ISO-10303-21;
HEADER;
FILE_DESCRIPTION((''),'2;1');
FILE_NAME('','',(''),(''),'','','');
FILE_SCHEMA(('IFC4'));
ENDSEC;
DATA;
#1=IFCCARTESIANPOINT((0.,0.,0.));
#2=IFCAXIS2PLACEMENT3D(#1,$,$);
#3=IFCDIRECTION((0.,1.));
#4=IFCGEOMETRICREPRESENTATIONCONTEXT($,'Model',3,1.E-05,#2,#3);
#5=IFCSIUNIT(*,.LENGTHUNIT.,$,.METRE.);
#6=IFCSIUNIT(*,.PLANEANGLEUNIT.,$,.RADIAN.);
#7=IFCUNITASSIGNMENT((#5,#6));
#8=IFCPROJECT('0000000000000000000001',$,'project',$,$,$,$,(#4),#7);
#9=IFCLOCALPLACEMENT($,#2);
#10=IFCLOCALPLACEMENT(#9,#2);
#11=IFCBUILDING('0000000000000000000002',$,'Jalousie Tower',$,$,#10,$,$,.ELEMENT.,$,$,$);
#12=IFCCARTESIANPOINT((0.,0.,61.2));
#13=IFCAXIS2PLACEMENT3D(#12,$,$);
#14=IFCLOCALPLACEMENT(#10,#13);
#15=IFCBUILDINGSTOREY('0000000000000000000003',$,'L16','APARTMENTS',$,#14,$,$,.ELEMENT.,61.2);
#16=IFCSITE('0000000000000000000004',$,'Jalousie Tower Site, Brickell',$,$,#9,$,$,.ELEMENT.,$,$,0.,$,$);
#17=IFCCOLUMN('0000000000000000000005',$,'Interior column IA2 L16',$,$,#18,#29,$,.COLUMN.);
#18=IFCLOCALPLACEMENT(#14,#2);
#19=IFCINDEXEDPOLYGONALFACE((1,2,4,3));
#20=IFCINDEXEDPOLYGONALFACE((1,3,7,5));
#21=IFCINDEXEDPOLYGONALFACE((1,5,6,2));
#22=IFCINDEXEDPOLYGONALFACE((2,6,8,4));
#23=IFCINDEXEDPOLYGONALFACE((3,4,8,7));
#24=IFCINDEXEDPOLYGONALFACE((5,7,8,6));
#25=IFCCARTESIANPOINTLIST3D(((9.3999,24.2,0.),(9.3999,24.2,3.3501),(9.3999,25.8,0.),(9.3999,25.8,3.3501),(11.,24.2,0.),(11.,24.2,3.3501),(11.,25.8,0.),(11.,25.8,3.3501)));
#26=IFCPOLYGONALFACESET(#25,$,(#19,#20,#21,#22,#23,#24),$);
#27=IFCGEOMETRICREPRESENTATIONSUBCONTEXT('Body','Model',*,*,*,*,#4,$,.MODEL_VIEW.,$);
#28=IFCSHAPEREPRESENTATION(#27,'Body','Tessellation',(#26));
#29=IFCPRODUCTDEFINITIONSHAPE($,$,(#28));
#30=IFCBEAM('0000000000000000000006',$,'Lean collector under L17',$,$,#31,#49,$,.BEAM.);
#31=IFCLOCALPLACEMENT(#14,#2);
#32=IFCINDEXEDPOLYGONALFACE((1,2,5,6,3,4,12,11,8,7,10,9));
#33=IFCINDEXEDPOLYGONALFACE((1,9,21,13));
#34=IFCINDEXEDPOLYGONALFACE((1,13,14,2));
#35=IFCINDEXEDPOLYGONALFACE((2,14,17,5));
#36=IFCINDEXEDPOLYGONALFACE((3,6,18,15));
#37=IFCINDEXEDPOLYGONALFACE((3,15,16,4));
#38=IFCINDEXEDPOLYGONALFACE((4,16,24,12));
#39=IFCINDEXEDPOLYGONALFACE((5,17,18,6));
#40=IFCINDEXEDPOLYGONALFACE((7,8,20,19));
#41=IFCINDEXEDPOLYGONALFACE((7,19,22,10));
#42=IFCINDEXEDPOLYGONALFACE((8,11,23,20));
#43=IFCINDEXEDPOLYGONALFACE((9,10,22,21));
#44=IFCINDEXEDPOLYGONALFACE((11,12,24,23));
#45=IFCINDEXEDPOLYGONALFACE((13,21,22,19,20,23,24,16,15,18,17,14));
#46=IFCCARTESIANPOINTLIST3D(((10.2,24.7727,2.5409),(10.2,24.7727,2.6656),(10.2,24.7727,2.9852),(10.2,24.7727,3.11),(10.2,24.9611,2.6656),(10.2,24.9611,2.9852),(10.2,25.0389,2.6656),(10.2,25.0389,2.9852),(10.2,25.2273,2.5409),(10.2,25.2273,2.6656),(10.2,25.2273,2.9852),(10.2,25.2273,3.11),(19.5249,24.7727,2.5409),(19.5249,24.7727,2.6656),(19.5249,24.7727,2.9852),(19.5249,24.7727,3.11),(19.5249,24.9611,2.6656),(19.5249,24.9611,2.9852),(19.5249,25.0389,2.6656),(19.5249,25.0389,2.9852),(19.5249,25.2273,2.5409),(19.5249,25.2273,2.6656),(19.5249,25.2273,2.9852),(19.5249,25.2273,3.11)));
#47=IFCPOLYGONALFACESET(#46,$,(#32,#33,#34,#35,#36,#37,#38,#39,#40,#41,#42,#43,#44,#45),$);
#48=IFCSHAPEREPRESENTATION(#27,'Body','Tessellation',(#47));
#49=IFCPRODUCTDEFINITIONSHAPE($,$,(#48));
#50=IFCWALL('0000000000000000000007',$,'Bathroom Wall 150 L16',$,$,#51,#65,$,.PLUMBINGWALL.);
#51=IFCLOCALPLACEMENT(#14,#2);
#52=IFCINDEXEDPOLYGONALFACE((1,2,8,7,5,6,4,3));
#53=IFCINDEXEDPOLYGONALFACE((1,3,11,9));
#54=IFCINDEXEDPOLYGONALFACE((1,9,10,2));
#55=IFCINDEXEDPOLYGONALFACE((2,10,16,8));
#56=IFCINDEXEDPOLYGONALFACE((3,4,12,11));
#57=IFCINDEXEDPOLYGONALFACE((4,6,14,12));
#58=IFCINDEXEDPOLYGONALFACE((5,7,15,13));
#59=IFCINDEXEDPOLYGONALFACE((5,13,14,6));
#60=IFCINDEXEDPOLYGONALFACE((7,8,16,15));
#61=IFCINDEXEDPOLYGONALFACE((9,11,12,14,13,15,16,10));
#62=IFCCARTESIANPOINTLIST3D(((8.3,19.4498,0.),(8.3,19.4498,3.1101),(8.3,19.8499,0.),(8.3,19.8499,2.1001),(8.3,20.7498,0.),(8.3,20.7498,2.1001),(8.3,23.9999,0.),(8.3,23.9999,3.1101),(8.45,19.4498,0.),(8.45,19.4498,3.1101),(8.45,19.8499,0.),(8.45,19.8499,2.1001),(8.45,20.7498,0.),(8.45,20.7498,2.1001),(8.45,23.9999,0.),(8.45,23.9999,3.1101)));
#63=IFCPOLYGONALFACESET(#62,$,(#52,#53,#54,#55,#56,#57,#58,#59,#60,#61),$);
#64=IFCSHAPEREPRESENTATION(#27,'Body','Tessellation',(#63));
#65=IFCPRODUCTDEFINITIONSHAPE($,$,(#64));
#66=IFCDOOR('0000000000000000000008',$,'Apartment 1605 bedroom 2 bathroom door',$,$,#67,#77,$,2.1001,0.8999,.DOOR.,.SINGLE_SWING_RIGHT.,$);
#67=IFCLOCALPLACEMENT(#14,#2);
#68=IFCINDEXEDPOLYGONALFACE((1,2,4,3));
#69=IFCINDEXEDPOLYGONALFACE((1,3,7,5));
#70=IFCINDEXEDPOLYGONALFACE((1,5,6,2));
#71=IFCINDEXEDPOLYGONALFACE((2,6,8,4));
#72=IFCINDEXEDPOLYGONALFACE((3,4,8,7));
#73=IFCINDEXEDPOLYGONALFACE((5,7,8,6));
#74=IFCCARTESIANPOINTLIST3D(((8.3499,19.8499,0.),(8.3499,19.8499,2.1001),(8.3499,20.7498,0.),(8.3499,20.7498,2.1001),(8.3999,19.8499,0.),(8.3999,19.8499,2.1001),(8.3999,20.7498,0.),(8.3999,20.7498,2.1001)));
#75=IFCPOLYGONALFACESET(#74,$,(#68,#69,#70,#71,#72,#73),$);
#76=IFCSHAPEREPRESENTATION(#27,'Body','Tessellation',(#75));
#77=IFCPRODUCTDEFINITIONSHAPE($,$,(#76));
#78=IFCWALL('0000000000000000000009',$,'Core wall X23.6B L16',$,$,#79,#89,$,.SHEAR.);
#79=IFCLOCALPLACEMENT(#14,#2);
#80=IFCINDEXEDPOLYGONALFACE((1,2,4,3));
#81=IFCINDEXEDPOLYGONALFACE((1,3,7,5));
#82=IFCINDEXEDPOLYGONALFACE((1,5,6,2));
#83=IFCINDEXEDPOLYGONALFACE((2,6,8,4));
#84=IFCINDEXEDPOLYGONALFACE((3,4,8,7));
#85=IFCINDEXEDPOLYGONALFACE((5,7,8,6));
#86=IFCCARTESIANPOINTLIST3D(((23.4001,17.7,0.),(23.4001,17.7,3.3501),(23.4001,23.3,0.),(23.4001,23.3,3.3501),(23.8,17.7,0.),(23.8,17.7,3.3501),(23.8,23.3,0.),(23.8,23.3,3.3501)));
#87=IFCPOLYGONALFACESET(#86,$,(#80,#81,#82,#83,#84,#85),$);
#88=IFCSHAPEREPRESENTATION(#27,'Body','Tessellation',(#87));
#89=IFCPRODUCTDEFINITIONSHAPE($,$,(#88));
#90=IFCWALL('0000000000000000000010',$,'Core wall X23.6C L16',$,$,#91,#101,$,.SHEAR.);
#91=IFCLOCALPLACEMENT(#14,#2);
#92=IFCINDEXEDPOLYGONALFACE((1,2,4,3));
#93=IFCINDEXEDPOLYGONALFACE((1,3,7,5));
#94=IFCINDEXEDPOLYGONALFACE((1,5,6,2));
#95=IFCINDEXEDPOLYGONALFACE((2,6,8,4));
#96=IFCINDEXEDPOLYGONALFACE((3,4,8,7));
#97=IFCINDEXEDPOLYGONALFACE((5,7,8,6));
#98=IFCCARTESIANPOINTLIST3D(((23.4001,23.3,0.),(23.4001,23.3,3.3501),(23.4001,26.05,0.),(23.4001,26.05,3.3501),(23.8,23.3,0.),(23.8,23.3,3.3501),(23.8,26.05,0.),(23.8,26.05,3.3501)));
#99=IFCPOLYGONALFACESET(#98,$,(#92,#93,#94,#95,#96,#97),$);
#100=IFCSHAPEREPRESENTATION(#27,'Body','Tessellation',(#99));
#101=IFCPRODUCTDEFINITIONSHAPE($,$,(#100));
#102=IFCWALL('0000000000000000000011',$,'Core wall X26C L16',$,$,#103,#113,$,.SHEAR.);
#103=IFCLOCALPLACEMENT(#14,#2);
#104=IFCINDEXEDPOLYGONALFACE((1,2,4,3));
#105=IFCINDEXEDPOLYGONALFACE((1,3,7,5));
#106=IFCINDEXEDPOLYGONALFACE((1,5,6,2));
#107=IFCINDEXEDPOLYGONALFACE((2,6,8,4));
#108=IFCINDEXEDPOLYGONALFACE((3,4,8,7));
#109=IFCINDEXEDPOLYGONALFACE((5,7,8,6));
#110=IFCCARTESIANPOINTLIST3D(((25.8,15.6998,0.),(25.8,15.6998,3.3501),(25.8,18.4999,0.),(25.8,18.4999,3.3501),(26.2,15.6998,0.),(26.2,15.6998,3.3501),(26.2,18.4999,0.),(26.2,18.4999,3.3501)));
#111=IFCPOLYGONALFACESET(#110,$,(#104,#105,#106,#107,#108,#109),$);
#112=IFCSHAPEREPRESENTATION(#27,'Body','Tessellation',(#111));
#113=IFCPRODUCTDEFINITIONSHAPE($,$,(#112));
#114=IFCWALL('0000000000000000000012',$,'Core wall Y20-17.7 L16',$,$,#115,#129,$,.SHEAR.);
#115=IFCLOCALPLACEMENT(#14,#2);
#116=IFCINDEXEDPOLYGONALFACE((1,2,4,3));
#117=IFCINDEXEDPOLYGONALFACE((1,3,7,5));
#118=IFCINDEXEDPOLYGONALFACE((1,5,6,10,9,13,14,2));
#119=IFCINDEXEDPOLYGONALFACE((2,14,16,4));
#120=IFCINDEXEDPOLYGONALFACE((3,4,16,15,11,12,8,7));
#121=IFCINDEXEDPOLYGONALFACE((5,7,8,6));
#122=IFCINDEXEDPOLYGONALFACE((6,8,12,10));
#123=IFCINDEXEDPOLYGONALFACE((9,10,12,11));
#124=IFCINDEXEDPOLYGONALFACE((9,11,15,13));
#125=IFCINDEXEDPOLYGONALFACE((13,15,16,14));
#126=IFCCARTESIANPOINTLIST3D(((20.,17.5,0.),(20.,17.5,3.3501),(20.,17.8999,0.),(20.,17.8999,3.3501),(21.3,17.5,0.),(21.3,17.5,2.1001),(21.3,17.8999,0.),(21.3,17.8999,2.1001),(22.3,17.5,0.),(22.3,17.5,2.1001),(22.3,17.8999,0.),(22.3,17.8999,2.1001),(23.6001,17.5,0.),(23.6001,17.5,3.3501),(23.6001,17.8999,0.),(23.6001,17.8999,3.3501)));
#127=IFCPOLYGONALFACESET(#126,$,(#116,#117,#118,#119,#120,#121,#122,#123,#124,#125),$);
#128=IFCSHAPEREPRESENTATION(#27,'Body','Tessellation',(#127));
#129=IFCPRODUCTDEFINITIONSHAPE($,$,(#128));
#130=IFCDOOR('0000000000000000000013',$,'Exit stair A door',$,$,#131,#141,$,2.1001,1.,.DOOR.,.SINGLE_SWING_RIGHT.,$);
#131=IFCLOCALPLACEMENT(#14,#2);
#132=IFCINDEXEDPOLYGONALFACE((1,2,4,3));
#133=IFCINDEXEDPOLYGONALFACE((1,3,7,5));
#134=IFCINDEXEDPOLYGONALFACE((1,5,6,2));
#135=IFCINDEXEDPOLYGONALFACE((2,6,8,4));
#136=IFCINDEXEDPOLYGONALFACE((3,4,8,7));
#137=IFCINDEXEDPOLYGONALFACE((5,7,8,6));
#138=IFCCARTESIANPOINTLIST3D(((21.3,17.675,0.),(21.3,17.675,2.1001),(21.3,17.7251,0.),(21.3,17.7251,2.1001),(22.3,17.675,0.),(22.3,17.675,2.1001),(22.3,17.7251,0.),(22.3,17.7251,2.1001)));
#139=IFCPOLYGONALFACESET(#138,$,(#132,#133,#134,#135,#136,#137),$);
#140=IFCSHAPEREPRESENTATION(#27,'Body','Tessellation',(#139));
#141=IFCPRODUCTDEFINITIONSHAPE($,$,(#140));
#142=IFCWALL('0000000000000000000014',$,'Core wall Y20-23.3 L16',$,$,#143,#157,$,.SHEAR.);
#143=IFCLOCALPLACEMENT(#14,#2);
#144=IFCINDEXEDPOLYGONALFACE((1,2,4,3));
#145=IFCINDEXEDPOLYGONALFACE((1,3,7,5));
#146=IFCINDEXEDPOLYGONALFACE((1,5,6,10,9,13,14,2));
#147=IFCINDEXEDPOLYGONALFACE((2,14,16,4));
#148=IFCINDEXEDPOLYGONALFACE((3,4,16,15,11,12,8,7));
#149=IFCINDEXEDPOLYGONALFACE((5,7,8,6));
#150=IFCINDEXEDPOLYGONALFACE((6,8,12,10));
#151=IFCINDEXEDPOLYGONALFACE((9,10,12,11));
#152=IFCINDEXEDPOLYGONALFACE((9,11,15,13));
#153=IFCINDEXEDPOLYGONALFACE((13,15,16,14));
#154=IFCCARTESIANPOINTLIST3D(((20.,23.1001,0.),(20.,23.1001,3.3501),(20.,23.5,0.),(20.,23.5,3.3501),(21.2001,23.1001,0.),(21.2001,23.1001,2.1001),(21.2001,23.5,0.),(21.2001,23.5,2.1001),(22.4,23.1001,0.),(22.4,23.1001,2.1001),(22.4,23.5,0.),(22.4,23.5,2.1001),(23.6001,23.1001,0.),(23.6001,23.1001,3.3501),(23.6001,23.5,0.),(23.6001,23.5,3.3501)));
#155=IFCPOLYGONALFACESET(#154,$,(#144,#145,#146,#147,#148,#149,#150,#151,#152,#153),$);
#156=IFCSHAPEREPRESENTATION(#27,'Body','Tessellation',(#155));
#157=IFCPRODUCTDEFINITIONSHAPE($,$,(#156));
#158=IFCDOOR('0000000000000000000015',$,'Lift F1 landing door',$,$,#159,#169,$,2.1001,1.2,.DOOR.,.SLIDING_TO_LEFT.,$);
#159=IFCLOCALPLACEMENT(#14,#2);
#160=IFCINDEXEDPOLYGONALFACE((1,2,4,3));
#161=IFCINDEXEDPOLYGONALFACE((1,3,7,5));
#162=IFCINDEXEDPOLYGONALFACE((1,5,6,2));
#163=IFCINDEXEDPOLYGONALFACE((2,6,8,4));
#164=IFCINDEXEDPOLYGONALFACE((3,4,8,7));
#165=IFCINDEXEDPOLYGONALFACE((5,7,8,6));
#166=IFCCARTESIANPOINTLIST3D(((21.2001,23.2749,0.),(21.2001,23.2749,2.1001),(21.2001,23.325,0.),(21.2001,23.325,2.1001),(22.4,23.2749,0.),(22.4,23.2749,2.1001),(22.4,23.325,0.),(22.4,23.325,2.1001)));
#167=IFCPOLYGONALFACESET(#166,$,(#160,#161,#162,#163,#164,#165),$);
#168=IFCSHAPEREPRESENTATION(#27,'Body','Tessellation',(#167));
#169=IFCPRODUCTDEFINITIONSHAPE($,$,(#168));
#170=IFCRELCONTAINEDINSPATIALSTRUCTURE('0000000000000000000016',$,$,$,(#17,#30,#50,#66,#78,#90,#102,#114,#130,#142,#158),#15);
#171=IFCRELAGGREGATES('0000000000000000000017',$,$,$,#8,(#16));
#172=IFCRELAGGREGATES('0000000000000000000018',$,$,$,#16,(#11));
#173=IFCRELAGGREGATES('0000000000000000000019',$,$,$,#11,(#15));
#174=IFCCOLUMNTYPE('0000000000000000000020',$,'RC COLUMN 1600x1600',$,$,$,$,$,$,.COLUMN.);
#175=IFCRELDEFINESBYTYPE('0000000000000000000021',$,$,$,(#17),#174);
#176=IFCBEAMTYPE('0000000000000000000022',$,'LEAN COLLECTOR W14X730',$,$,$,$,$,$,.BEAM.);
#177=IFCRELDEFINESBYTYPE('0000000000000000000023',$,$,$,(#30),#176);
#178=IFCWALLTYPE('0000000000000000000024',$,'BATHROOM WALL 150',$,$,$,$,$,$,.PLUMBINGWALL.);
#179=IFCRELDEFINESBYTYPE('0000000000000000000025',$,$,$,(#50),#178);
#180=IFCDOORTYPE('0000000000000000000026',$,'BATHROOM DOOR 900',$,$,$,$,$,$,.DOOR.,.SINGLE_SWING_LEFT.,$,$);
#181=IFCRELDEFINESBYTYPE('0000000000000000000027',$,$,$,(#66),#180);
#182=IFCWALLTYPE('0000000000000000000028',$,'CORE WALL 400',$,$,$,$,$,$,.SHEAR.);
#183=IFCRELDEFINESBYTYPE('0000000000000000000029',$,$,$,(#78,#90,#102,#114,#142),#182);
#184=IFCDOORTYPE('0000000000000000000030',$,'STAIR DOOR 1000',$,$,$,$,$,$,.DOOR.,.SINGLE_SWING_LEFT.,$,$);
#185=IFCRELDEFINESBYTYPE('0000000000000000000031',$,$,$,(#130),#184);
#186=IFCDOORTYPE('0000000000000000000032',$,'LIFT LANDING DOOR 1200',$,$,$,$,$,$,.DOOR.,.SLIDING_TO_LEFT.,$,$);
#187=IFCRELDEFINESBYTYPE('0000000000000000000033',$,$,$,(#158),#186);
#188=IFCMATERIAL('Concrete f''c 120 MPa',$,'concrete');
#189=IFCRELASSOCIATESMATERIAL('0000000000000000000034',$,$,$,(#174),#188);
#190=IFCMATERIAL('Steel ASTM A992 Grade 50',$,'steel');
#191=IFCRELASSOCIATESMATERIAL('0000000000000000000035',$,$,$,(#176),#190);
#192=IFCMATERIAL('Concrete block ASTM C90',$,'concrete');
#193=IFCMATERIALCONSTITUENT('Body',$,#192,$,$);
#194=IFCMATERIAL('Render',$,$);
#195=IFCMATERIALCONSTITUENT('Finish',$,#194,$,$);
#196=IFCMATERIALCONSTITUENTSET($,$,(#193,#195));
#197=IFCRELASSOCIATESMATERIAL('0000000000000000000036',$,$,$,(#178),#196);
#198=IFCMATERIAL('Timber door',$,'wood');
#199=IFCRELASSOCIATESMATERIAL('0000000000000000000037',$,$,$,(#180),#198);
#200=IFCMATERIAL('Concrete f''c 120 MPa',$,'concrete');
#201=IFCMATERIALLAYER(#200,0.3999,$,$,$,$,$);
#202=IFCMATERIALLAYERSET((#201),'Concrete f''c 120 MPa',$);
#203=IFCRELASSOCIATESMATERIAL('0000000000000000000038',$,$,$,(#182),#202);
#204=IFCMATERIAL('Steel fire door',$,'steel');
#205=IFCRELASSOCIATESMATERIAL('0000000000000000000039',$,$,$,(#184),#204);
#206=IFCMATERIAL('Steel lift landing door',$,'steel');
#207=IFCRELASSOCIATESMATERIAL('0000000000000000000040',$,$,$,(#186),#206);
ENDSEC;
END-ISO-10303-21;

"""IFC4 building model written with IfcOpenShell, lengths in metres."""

from ifc_helpers import new_model, si_unit, direction, frame, frame_2d, origin, origin_2d, place, context, subcontext, project, spatial, rectangle, i_section, extrude, material, layer, layer_set, constituent, constituent_set, material_profile, profile_set, type_object, element, fill, save


model = new_model("IFC4")

# Units and contexts
model_context = context("Model", 3, precision=1e-05, world=origin(), true_north=direction((0.0, 1.0)))
body_context = subcontext(model_context, "Body", "Model", "MODEL_VIEW")
ifc_project = project(units=[si_unit("LENGTHUNIT", "METRE"), si_unit("PLANEANGLEUNIT", "RADIAN")], contexts=[model_context])

# Site, building, storey
site_placement = place(None, origin())
site = spatial("IfcSite", under=ifc_project, at=site_placement, Name="Jalousie Tower Site, Brickell", CompositionType="ELEMENT", RefElevation=0.0)
building_placement = place(site_placement, origin())
building = spatial("IfcBuilding", under=site, at=building_placement, Name="Jalousie Tower", CompositionType="ELEMENT")
storey_placement = place(building_placement, frame((0.0, 0.0, 61.2)))
storey = spatial("IfcBuildingStorey", under=building, at=storey_placement, Name="L16", Description="APARTMENTS", CompositionType="ELEMENT", Elevation=61.2)

# Column
ifc_material_1 = material(Name="Concrete f'c 120 MPa", Category="concrete")
ifc_material_profile_1 = material_profile(ifc_material_1, rectangle(XDim=1.6001, YDim=1.6001, at=origin_2d()), Name="RC 1600x1600")
ifc_profile_set_1 = profile_set([ifc_material_profile_1], Name="Concrete f'c 120 MPa")
column_type = type_object("IfcColumnType", Name="RC COLUMN 1600x1600", PredefinedType="COLUMN", material=ifc_profile_set_1)
column_placement = place(storey_placement, frame((10.2, 25.0, 0.0), z_axis=(0.0, 0.0, 1.0), x_axis=(1.0, 0.0, 0.0)))
element("IfcColumn", 1, at=column_placement, inside=storey, type_object=column_type, Name="Interior column IA2 L16", PredefinedType="COLUMN", context=body_context, shape_type="SweptSolid", body=[
    extrude(rectangle(XDim=1.6001, YDim=1.6001, at=origin_2d()), origin(), (0.0, 0.0, 1.0), 3.3501),
])

# Beam
ifc_material_2 = material(Name="Steel ASTM A992 Grade 50", Category="steel")
ifc_material_profile_2 = material_profile(ifc_material_2, i_section(OverallWidth=0.4546, OverallDepth=0.5691, WebThickness=0.0779, FlangeThickness=0.1248, at=origin_2d()), Name="W14X730")
ifc_profile_set_2 = profile_set([ifc_material_profile_2], Name="Steel ASTM A992 Grade 50")
beam_type = type_object("IfcBeamType", Name="LEAN COLLECTOR W14X730", PredefinedType="BEAM", material=ifc_profile_set_2)
beam_placement = place(storey_placement, frame((10.2, 25.0, 2.8254), z_axis=(1.0, 0.0, 0.0), x_axis=(0.0, 1.0, 0.0)))
element("IfcBeam", 2, at=beam_placement, inside=storey, type_object=beam_type, Name="Lean collector under L17", PredefinedType="BEAM", context=body_context, shape_type="SweptSolid", body=[
    extrude(i_section(OverallWidth=0.4546, OverallDepth=0.5691, WebThickness=0.0779, FlangeThickness=0.1248, at=origin_2d()), origin(), (0.0, 0.0, 1.0), 9.325),
])

# Wall, opening, door
ifc_material_3 = material(Name="Concrete block ASTM C90", Category="concrete")
ifc_constituent_1 = constituent(ifc_material_3, Name="Body")
ifc_material_4 = material(Name="Render")
ifc_constituent_2 = constituent(ifc_material_4, Name="Finish")
ifc_constituent_set_1 = constituent_set(constituents=[ifc_constituent_1, ifc_constituent_2])
wall_type_1 = type_object("IfcWallType", Name="BATHROOM WALL 150", PredefinedType="PLUMBINGWALL", material=ifc_constituent_set_1)
wall_1_placement = place(storey_placement, frame((8.375, 19.45, 0.0), z_axis=(0.0, 0.0, 1.0), x_axis=(0.0, 1.0, 0.0)))
wall_1 = element("IfcWall", 3, at=wall_1_placement, inside=storey, type_object=wall_type_1, Name="Bathroom Wall 150 L16", PredefinedType="PLUMBINGWALL", context=body_context, shape_type="SweptSolid", body=[
    extrude(rectangle(XDim=4.55, YDim=0.1499, at=frame_2d((2.2749, 0.0))), origin(), (0.0, 0.0, 1.0), 3.1101),
])
opening_1_placement = place(wall_1_placement, frame((0.3999, 0.0, 0.0)))
opening_1 = element("IfcOpeningElement", 4, at=opening_1_placement, cuts=wall_1, PredefinedType="OPENING", context=body_context, shape_type="SweptSolid", body=[
    extrude(rectangle(XDim=0.8999, YDim=2.1001, at=frame_2d((0.45, 1.05))), frame((0.0, 0.085, 0.0), z_axis=(0.0, -1.0, 0.0), x_axis=(1.0, 0.0, 0.0)), (0.0, 0.0, 1.0), 0.1699),
])
ifc_material_5 = material(Name="Timber door", Category="wood")
door_type_1 = type_object("IfcDoorType", Name="BATHROOM DOOR 900", OperationType="SINGLE_SWING_LEFT", PredefinedType="DOOR", material=ifc_material_5)
door_1_placement = place(opening_1_placement, frame((0.8999, 0.0, 0.0), z_axis=(0.0, 0.0, 1.0), x_axis=(-1.0, 0.0, 0.0)))
door_1 = element("IfcDoor", 5, at=door_1_placement, inside=storey, type_object=door_type_1, Name="Apartment 1605 bedroom 2 bathroom door", OperationType="SINGLE_SWING_RIGHT", OverallHeight=2.1001, OverallWidth=0.8999, PredefinedType="DOOR", context=body_context, shape_type="SweptSolid", body=[
    extrude(rectangle(XDim=0.8999, YDim=2.1001, at=frame_2d((0.45, 1.05))), frame((0.0, 0.0249, 0.0), z_axis=(0.0, -1.0, 0.0), x_axis=(1.0, 0.0, 0.0)), (0.0, 0.0, 1.0), 0.05),
])
fill(opening_1, door_1)

# Walls
ifc_material_6 = material(Name="Concrete f'c 120 MPa", Category="concrete")
ifc_layer_1 = layer(ifc_material_6, 0.3999)
ifc_layer_set_1 = layer_set([ifc_layer_1], Name="Concrete f'c 120 MPa")
wall_type_2 = type_object("IfcWallType", Name="CORE WALL 400", PredefinedType="SHEAR", material=ifc_layer_set_1)
wall_2_placement = place(storey_placement, frame((23.6001, 17.7, 0.0), z_axis=(0.0, 0.0, 1.0), x_axis=(0.0, 1.0, 0.0)))
element("IfcWall", 6, at=wall_2_placement, inside=storey, type_object=wall_type_2, Name="Core wall X23.6B L16", PredefinedType="SHEAR", context=body_context, shape_type="SweptSolid", body=[
    extrude(rectangle(XDim=5.6001, YDim=0.3999, at=frame_2d((2.8, 0.0))), origin(), (0.0, 0.0, 1.0), 3.3501),
])
wall_3_placement = place(storey_placement, frame((23.6001, 23.3, 0.0), z_axis=(0.0, 0.0, 1.0), x_axis=(0.0, 1.0, 0.0)))
element("IfcWall", 7, at=wall_3_placement, inside=storey, type_object=wall_type_2, Name="Core wall X23.6C L16", PredefinedType="SHEAR", context=body_context, shape_type="SweptSolid", body=[
    extrude(rectangle(XDim=2.75, YDim=0.3999, at=frame_2d((1.375, 0.0))), origin(), (0.0, 0.0, 1.0), 3.3501),
])
wall_4_placement = place(storey_placement, frame((26.0, 15.7, 0.0), z_axis=(0.0, 0.0, 1.0), x_axis=(0.0, 1.0, 0.0)))
element("IfcWall", 8, at=wall_4_placement, inside=storey, type_object=wall_type_2, Name="Core wall X26C L16", PredefinedType="SHEAR", context=body_context, shape_type="SweptSolid", body=[
    extrude(rectangle(XDim=2.8, YDim=0.3999, at=frame_2d((1.3999, 0.0))), origin(), (0.0, 0.0, 1.0), 3.3501),
])

# Walls, openings, doors
wall_5_placement = place(storey_placement, frame((20.0, 17.7, 0.0), z_axis=(0.0, 0.0, 1.0), x_axis=(1.0, 0.0, 0.0)))
wall_5 = element("IfcWall", 9, at=wall_5_placement, inside=storey, type_object=wall_type_2, Name="Core wall Y20-17.7 L16", PredefinedType="SHEAR", context=body_context, shape_type="SweptSolid", body=[
    extrude(rectangle(XDim=3.6001, YDim=0.3999, at=frame_2d((1.8, 0.0))), origin(), (0.0, 0.0, 1.0), 3.3501),
])
opening_2_placement = place(wall_5_placement, frame((1.3, 0.0, 0.0)))
opening_2 = element("IfcOpeningElement", 10, at=opening_2_placement, cuts=wall_5, PredefinedType="OPENING", context=body_context, shape_type="SweptSolid", body=[
    extrude(rectangle(XDim=1.0, YDim=2.1001, at=frame_2d((0.5, 1.05))), frame((0.0, 0.21, 0.0), z_axis=(0.0, -1.0, 0.0), x_axis=(1.0, 0.0, 0.0)), (0.0, 0.0, 1.0), 0.4199),
])
ifc_material_7 = material(Name="Steel fire door", Category="steel")
door_type_2 = type_object("IfcDoorType", Name="STAIR DOOR 1000", OperationType="SINGLE_SWING_LEFT", PredefinedType="DOOR", material=ifc_material_7)
door_2_placement = place(opening_2_placement, frame((1.0, 0.0, 0.0), z_axis=(0.0, 0.0, 1.0), x_axis=(-1.0, 0.0, 0.0)))
door_2 = element("IfcDoor", 11, at=door_2_placement, inside=storey, type_object=door_type_2, Name="Exit stair A door", OperationType="SINGLE_SWING_RIGHT", OverallHeight=2.1001, OverallWidth=1.0, PredefinedType="DOOR", context=body_context, shape_type="SweptSolid", body=[
    extrude(rectangle(XDim=1.0, YDim=2.1001, at=frame_2d((0.5, 1.05))), frame((0.0, 0.0249, 0.0), z_axis=(0.0, -1.0, 0.0), x_axis=(1.0, 0.0, 0.0)), (0.0, 0.0, 1.0), 0.05),
])
fill(opening_2, door_2)
wall_6_placement = place(storey_placement, frame((20.0, 23.3, 0.0), z_axis=(0.0, 0.0, 1.0), x_axis=(1.0, 0.0, 0.0)))
wall_6 = element("IfcWall", 12, at=wall_6_placement, inside=storey, type_object=wall_type_2, Name="Core wall Y20-23.3 L16", PredefinedType="SHEAR", context=body_context, shape_type="SweptSolid", body=[
    extrude(rectangle(XDim=3.6001, YDim=0.3999, at=frame_2d((1.8, 0.0))), origin(), (0.0, 0.0, 1.0), 3.3501),
])
opening_3_placement = place(wall_6_placement, frame((1.2, 0.0, 0.0)))
opening_3 = element("IfcOpeningElement", 13, at=opening_3_placement, cuts=wall_6, PredefinedType="OPENING", context=body_context, shape_type="SweptSolid", body=[
    extrude(rectangle(XDim=1.2, YDim=2.1001, at=frame_2d((0.6001, 1.05))), frame((0.0, 0.21, 0.0), z_axis=(0.0, -1.0, 0.0), x_axis=(1.0, 0.0, 0.0)), (0.0, 0.0, 1.0), 0.4199),
])
ifc_material_8 = material(Name="Steel lift landing door", Category="steel")
door_type_3 = type_object("IfcDoorType", Name="LIFT LANDING DOOR 1200", OperationType="SLIDING_TO_LEFT", PredefinedType="DOOR", material=ifc_material_8)
door_3_placement = place(opening_3_placement, origin())
door_3 = element("IfcDoor", 14, at=door_3_placement, inside=storey, type_object=door_type_3, Name="Lift F1 landing door", OperationType="SLIDING_TO_LEFT", OverallHeight=2.1001, OverallWidth=1.2, PredefinedType="DOOR", context=body_context, shape_type="SweptSolid", body=[
    extrude(rectangle(XDim=1.2, YDim=2.1001, at=frame_2d((0.6001, 1.05))), frame((0.0, 0.0249, 0.0), z_axis=(0.0, -1.0, 0.0), x_axis=(1.0, 0.0, 0.0)), (0.0, 0.0, 1.0), 0.05),
])
fill(opening_3, door_3)

save(model, "model.ifc")
